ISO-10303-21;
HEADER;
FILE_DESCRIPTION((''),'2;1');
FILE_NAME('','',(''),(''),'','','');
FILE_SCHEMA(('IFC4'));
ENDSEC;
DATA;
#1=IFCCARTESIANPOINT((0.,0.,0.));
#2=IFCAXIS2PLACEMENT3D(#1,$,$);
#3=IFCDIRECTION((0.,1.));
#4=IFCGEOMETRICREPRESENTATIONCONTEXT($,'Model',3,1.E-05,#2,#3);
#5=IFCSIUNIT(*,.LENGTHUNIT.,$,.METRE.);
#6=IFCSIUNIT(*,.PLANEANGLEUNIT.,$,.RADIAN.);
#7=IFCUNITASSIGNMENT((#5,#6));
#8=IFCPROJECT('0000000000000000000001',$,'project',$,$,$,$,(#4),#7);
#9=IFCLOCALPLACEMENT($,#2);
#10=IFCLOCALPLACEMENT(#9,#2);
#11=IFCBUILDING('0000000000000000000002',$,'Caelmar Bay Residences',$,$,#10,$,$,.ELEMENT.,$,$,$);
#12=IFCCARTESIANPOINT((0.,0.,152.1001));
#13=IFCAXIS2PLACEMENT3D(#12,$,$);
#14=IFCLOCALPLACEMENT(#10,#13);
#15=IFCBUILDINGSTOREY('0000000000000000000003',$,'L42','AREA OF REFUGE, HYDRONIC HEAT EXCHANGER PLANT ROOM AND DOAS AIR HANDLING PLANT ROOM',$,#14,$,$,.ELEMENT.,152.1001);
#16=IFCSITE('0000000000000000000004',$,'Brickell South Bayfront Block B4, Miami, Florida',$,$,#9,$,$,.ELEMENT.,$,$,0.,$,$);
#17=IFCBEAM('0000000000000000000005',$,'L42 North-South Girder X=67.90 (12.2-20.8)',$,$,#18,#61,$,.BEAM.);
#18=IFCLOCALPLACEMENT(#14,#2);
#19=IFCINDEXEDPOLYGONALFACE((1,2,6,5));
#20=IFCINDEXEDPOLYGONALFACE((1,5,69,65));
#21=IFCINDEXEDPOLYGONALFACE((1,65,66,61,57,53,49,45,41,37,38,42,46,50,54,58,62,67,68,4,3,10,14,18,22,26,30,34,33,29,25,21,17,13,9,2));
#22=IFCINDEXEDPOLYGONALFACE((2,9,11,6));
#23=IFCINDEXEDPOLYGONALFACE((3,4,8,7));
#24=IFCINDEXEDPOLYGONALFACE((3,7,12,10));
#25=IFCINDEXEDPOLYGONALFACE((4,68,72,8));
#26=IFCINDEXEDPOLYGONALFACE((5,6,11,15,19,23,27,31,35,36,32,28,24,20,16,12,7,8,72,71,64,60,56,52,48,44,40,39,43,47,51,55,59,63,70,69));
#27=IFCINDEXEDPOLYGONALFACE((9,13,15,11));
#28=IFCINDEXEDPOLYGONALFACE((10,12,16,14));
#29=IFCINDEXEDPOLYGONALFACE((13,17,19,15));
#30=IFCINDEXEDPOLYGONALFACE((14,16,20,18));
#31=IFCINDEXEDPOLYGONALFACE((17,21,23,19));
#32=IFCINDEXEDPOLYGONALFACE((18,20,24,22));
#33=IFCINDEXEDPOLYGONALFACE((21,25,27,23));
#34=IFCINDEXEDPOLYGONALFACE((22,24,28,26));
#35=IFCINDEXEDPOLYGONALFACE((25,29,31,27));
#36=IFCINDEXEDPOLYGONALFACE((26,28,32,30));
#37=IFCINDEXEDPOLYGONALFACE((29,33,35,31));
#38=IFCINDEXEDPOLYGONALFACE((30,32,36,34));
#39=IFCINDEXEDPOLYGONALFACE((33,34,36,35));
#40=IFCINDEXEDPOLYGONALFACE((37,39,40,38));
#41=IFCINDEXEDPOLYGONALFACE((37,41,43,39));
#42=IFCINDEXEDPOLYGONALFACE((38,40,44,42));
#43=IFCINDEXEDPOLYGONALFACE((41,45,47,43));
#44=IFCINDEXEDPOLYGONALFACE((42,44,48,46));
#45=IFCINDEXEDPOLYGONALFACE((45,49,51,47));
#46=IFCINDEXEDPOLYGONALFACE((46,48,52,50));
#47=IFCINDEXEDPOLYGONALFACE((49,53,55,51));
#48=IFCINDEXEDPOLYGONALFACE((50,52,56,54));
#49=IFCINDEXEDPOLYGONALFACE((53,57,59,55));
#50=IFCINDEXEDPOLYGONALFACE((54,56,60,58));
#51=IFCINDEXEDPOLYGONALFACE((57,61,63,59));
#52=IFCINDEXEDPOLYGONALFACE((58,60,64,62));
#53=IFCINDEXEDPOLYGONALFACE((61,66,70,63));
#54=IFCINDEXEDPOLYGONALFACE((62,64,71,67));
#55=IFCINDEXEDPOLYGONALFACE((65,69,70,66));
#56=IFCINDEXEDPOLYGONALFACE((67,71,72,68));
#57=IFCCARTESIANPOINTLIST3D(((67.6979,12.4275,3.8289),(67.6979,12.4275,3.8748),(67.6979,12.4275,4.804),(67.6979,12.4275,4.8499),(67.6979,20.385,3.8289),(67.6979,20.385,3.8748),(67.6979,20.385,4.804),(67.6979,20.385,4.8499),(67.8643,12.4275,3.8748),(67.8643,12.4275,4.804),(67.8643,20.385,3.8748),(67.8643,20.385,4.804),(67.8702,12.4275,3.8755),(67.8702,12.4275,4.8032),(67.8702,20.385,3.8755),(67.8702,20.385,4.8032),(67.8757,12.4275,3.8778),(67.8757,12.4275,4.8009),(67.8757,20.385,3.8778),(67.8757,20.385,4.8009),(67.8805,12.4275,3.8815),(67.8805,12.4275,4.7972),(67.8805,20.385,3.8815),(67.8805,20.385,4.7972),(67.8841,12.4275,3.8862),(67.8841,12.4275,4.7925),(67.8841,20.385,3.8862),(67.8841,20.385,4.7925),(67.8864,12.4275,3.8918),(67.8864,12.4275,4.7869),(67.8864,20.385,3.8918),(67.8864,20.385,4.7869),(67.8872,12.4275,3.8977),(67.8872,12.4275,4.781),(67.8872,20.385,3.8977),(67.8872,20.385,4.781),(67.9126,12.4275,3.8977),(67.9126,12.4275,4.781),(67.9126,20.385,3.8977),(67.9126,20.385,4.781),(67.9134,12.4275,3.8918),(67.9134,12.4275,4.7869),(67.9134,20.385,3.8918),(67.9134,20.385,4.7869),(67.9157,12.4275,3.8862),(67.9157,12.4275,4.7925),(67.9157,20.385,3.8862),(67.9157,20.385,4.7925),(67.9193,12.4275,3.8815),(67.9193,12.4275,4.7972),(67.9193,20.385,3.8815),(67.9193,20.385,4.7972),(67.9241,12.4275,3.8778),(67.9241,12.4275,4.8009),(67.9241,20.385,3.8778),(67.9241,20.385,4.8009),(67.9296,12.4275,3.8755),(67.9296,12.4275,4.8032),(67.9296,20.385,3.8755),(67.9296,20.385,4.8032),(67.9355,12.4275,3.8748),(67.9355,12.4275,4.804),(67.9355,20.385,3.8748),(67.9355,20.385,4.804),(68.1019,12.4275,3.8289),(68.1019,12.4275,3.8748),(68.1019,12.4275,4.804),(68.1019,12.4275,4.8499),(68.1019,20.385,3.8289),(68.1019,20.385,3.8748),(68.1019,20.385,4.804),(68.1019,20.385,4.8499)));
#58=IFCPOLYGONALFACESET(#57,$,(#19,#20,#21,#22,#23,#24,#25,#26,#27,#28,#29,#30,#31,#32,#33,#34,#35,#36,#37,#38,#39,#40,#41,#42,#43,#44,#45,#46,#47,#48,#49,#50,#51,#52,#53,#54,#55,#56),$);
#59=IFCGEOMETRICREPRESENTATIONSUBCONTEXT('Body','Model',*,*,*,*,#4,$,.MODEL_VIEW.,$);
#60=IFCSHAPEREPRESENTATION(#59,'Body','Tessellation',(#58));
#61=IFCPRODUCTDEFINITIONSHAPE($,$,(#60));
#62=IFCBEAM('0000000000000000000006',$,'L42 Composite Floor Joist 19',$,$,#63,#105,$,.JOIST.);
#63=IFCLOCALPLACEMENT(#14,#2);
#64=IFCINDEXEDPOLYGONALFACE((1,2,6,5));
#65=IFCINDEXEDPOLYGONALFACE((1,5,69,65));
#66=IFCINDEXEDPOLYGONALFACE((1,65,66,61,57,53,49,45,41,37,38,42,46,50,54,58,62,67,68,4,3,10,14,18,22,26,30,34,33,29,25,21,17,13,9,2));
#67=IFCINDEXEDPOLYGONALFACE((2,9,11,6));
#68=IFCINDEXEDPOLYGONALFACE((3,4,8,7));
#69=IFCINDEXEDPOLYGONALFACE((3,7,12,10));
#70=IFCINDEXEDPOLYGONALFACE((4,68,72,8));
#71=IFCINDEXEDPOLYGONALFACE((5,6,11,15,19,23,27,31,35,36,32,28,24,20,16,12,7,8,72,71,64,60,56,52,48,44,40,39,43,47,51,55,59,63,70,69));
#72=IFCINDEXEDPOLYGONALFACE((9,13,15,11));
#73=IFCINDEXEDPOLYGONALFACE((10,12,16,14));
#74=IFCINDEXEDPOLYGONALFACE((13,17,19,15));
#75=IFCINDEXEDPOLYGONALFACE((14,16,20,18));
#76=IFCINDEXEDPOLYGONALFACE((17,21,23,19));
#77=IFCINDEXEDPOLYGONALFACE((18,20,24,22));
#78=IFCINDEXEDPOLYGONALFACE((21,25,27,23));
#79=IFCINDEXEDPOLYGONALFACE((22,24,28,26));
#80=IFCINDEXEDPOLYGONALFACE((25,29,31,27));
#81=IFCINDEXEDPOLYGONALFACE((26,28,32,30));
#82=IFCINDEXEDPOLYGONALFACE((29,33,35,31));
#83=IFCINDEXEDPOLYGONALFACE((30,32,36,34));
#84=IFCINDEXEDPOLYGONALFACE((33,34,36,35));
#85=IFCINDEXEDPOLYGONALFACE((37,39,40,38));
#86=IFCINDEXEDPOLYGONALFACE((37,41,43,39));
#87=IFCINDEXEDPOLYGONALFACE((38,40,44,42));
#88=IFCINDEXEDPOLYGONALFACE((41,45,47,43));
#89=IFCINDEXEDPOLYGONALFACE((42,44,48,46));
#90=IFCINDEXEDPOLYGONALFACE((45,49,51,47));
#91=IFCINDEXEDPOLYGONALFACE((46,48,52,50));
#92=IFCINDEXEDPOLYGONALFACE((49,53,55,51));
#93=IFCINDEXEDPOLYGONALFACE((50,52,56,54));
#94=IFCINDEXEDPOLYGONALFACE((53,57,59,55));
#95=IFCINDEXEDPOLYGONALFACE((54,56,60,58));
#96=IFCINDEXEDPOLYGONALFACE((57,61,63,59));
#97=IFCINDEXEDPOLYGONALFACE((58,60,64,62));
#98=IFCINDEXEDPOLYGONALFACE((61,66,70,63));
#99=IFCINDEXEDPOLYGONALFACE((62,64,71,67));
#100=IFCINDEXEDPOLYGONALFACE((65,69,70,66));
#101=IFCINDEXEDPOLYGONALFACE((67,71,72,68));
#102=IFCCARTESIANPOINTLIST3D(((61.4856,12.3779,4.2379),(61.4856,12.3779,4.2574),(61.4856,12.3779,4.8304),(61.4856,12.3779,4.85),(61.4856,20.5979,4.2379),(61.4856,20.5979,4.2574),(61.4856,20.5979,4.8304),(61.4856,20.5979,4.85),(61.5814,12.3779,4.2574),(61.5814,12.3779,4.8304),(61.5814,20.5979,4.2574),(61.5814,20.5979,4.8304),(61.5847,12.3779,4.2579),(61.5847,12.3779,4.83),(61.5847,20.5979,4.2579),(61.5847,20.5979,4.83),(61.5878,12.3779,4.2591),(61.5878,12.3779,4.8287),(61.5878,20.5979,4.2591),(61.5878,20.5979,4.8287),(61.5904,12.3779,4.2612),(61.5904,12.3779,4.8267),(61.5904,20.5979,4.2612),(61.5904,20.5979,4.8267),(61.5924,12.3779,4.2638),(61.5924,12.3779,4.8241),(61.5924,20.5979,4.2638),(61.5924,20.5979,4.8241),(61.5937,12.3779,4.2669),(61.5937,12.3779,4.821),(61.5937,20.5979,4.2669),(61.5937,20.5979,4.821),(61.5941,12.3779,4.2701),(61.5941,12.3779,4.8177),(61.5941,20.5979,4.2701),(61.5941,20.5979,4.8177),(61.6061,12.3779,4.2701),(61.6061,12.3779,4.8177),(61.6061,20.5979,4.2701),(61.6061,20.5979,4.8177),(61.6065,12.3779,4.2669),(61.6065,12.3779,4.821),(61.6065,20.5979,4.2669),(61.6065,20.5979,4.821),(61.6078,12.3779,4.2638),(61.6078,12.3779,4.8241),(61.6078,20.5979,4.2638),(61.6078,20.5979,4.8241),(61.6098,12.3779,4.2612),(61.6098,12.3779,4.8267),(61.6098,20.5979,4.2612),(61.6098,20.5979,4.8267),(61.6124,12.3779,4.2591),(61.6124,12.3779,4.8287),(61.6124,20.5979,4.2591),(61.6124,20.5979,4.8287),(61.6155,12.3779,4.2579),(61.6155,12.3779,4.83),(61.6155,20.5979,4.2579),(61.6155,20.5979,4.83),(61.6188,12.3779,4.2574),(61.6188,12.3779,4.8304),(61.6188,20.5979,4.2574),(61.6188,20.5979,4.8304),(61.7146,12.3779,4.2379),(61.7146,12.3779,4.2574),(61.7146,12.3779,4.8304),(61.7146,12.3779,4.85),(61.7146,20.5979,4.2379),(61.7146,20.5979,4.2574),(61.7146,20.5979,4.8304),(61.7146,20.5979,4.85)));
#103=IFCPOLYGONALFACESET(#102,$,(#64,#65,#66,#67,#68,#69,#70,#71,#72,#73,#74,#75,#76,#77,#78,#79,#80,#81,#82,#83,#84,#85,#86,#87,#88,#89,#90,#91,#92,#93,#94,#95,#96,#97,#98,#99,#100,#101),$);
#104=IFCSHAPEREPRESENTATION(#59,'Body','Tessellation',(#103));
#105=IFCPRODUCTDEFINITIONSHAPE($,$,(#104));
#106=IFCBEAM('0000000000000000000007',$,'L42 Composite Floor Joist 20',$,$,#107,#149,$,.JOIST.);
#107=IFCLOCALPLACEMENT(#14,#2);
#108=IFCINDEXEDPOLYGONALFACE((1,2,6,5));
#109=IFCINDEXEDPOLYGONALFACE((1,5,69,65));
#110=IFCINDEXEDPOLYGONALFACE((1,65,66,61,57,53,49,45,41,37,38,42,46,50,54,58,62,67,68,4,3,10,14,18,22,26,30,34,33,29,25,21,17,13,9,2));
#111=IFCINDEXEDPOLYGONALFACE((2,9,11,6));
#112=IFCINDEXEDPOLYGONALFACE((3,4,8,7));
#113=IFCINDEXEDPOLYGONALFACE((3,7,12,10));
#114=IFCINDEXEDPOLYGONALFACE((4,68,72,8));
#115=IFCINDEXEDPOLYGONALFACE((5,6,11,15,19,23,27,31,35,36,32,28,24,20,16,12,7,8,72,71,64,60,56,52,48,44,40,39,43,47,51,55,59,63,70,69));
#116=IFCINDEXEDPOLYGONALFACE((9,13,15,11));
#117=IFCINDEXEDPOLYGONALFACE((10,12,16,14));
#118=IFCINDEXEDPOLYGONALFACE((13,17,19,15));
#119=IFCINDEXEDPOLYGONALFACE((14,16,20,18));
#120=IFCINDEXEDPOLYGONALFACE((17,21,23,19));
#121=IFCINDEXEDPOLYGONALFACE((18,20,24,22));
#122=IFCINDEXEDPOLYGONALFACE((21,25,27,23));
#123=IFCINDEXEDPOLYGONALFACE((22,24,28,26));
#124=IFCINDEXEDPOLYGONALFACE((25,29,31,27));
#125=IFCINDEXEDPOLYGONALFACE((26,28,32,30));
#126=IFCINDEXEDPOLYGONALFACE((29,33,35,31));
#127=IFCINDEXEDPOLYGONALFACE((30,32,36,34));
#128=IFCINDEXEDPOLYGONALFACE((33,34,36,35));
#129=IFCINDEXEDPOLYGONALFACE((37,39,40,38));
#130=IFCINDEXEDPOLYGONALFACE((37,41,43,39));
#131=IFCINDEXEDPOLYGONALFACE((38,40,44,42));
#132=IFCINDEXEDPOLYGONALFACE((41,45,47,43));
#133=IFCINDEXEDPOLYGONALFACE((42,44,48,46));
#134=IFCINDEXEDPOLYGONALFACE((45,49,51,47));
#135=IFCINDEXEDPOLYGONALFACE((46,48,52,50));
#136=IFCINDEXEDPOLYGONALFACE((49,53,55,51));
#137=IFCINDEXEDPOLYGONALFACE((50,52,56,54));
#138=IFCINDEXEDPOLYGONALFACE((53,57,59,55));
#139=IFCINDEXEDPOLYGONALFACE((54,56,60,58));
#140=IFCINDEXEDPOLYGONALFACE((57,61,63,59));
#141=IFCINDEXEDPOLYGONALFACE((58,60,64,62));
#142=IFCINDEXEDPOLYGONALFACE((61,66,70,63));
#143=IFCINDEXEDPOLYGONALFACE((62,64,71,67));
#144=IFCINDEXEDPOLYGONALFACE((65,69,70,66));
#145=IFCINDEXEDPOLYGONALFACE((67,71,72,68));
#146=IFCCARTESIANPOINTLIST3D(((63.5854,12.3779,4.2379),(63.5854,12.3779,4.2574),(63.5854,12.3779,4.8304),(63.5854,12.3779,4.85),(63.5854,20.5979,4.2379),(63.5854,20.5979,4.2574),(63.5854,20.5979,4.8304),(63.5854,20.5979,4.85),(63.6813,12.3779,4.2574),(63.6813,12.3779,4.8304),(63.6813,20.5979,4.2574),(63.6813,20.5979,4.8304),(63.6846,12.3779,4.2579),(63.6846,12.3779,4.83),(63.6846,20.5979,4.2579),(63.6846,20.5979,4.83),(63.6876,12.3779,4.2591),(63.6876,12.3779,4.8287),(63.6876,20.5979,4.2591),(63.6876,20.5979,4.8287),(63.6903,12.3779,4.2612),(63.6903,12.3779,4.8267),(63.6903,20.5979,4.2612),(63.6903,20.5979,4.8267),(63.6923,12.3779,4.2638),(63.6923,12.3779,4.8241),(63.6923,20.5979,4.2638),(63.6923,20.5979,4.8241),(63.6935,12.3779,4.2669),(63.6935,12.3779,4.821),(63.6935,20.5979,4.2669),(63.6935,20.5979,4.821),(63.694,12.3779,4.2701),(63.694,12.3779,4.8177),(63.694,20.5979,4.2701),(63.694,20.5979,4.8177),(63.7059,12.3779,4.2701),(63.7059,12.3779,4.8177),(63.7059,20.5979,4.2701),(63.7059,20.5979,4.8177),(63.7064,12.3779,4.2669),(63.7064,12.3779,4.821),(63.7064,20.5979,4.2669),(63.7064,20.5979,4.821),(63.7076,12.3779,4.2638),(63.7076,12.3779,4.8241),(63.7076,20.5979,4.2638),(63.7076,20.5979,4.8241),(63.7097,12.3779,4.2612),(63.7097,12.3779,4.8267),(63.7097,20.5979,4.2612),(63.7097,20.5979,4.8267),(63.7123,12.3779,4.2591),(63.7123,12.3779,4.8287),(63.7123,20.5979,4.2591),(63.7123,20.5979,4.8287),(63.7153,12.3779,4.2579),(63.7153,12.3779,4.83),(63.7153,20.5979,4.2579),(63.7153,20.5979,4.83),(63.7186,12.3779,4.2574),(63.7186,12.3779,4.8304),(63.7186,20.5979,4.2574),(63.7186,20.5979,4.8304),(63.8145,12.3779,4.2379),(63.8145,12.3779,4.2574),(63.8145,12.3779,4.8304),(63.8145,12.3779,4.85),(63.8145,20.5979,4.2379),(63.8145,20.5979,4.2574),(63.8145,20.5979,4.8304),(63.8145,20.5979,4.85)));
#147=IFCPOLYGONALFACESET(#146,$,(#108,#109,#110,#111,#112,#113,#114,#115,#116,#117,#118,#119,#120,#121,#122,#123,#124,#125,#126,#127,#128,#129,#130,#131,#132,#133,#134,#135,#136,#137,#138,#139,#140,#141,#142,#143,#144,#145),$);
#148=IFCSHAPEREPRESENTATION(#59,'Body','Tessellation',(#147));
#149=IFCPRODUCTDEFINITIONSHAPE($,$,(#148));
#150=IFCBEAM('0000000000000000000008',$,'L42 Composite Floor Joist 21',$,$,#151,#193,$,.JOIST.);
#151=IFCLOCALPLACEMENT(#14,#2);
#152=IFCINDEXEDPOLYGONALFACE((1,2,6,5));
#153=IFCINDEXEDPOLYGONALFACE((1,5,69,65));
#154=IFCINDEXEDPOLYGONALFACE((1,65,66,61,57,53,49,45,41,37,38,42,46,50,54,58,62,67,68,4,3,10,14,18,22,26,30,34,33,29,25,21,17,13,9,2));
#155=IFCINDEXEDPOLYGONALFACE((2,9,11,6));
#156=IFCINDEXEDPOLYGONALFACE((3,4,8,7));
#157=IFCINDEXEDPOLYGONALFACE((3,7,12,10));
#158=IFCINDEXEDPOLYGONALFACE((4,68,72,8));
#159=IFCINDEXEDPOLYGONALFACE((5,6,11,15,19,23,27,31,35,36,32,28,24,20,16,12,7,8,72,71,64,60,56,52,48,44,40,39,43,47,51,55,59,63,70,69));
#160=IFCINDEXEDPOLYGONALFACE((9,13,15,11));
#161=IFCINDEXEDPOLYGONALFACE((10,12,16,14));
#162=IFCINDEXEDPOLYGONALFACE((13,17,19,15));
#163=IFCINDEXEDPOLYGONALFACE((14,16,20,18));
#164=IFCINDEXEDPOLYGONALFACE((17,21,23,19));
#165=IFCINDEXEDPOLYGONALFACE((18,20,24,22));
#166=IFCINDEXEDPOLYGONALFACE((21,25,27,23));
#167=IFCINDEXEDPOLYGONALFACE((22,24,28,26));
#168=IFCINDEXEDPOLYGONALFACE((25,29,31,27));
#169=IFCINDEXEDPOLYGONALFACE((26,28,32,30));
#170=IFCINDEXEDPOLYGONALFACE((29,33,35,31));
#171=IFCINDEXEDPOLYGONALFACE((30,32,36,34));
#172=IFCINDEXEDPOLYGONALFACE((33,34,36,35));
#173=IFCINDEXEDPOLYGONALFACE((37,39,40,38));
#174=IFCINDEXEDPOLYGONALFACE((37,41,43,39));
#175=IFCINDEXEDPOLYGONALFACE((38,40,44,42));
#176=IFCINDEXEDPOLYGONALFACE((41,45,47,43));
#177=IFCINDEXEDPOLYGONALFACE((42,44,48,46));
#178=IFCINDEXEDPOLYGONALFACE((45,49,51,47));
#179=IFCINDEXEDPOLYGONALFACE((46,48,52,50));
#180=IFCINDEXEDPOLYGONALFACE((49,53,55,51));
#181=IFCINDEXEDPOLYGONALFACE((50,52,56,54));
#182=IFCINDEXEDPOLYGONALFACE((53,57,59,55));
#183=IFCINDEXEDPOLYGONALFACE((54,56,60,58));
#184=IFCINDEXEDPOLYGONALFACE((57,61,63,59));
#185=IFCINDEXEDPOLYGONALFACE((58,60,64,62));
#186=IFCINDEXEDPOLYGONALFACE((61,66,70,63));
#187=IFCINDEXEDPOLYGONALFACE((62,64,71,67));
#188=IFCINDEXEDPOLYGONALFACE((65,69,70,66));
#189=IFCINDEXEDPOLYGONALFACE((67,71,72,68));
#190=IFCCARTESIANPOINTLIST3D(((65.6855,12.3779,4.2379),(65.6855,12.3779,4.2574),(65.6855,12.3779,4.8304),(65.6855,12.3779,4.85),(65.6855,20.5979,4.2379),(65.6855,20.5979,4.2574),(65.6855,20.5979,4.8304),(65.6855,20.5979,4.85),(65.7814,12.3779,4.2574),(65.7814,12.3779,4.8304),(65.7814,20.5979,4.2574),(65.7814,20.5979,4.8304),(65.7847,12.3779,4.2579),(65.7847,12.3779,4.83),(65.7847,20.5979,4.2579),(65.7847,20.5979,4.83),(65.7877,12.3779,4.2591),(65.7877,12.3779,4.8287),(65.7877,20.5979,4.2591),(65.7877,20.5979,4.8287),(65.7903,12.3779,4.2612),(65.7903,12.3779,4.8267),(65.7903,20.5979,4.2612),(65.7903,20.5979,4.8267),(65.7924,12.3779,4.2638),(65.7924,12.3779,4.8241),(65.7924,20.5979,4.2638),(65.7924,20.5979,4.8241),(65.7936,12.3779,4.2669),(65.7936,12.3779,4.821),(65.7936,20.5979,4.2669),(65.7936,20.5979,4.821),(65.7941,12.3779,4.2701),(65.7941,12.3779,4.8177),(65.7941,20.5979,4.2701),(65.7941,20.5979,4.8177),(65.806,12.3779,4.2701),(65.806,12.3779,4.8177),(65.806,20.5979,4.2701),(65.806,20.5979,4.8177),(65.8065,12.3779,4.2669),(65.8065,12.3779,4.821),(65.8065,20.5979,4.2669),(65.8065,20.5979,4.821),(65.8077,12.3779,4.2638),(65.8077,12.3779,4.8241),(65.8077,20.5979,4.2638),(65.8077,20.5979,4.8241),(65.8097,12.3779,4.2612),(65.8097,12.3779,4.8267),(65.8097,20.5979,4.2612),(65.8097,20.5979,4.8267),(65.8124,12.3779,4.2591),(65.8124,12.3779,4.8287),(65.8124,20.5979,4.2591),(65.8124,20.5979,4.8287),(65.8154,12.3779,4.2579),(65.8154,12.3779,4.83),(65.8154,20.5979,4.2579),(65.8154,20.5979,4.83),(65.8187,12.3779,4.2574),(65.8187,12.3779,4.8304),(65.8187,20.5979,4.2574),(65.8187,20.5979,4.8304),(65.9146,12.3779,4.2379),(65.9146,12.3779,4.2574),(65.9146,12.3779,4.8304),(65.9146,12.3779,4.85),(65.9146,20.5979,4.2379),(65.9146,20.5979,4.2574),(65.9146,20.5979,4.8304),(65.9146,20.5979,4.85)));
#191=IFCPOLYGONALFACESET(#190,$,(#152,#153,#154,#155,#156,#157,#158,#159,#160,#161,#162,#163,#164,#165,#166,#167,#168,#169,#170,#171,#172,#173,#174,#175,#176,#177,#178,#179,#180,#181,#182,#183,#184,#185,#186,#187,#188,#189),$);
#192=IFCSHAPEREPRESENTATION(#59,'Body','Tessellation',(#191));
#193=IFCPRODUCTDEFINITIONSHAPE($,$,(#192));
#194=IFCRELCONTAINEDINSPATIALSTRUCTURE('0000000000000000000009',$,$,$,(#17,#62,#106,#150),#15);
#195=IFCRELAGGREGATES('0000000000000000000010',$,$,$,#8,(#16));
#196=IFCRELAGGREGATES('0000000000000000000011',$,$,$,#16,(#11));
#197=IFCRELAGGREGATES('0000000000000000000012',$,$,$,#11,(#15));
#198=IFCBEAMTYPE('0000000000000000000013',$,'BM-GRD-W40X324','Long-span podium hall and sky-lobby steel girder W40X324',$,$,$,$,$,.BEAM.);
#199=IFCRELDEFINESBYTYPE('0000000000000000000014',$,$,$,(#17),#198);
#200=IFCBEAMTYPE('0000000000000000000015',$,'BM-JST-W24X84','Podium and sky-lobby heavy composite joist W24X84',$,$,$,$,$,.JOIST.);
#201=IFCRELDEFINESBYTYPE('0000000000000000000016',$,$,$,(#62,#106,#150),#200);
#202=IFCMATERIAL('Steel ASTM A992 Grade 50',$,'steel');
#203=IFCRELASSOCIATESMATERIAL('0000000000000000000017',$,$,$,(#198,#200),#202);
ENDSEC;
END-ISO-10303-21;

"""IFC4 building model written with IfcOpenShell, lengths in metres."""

from ifc_helpers import new_model, si_unit, direction, frame, origin, origin_2d, place, context, subcontext, project, spatial, i_section, extrude, material, material_profile, profile_set, type_object, element, save


model = new_model("IFC4")

# Units and contexts
model_context = context("Model", 3, precision=1e-05, world=origin(), true_north=direction((0.0, 1.0)))
body_context = subcontext(model_context, "Body", "Model", "MODEL_VIEW")
ifc_project = project(units=[si_unit("LENGTHUNIT", "METRE"), si_unit("PLANEANGLEUNIT", "RADIAN")], contexts=[model_context])

# Site, building, storey
site_placement = place(None, origin())
site = spatial("IfcSite", under=ifc_project, at=site_placement, Name="Brickell South Bayfront Block B4, Miami, Florida", CompositionType="ELEMENT", RefElevation=0.0)
building_placement = place(site_placement, origin())
building = spatial("IfcBuilding", under=site, at=building_placement, Name="Caelmar Bay Residences", CompositionType="ELEMENT")
storey_placement = place(building_placement, frame((0.0, 0.0, 152.1001)))
storey = spatial("IfcBuildingStorey", under=building, at=storey_placement, Name="L42", Description="AREA OF REFUGE, HYDRONIC HEAT EXCHANGER PLANT ROOM AND DOAS AIR HANDLING PLANT ROOM", CompositionType="ELEMENT", Elevation=152.1001)

# Beams
ifc_material_1 = material(Name="Steel ASTM A992 Grade 50", Category="steel")
ifc_material_profile_1 = material_profile(ifc_material_1, i_section(OverallWidth=0.4041, OverallDepth=1.021, WebThickness=0.0254, FlangeThickness=0.0459, FilletRadius=0.0229, at=origin_2d()), Name="W40X324")
ifc_profile_set_1 = profile_set([ifc_material_profile_1], Name="Steel ASTM A992 Grade 50")
beam_type_1 = type_object("IfcBeamType", Name="BM-GRD-W40X324", Description="Long-span podium hall and sky-lobby steel girder W40X324", PredefinedType="BEAM", material=ifc_profile_set_1)
beam_placement = place(storey_placement, frame((67.8999, 12.4275, 4.3394), z_axis=(0.0, 1.0, 0.0), x_axis=(-1.0, 0.0, 0.0)))
element("IfcBeam", 1, at=beam_placement, inside=storey, type_object=beam_type_1, Name="L42 North-South Girder X=67.90 (12.2-20.8)", PredefinedType="BEAM", context=body_context, shape_type="SweptSolid", body=[
    extrude(i_section(OverallWidth=0.4041, OverallDepth=1.021, WebThickness=0.0254, FlangeThickness=0.0459, FilletRadius=0.0229, at=origin_2d()), origin(), (0.0, 0.0, 1.0), 7.9575),
])
ifc_material_profile_2 = material_profile(ifc_material_1, i_section(OverallWidth=0.229, OverallDepth=0.6121, WebThickness=0.012, FlangeThickness=0.0195, FilletRadius=0.0127, at=origin_2d()), Name="W24X84")
ifc_profile_set_2 = profile_set([ifc_material_profile_2], Name="Steel ASTM A992 Grade 50")
beam_type_2 = type_object("IfcBeamType", Name="BM-JST-W24X84", Description="Podium and sky-lobby heavy composite joist W24X84", PredefinedType="JOIST", material=ifc_profile_set_2)
for number, where, z_axis, x_axis, name in (
    (2, (61.6001, 12.3779, 4.5439), (0.0, 1.0, 0.0), (-1.0, 0.0, 0.0), "L42 Composite Floor Joist 19"),
    (3, (63.7, 12.3779, 4.5439), (0.0, 1.0, 0.0), (-1.0, 0.0, 0.0), "L42 Composite Floor Joist 20"),
    (4, (65.8, 12.3779, 4.5439), (0.0, 1.0, 0.0), (-1.0, 0.0, 0.0), "L42 Composite Floor Joist 21"),
):
    element("IfcBeam", number, at=place(storey_placement, frame(where, z_axis=z_axis, x_axis=x_axis)), inside=storey, type_object=beam_type_2, Name=name, PredefinedType="JOIST", context=body_context, shape_type="SweptSolid", body=[
        extrude(i_section(OverallWidth=0.229, OverallDepth=0.6121, WebThickness=0.012, FlangeThickness=0.0195, FilletRadius=0.0127, at=origin_2d()), origin(), (0.0, 0.0, 1.0), 8.22),
    ])

save(model, "model.ifc")
